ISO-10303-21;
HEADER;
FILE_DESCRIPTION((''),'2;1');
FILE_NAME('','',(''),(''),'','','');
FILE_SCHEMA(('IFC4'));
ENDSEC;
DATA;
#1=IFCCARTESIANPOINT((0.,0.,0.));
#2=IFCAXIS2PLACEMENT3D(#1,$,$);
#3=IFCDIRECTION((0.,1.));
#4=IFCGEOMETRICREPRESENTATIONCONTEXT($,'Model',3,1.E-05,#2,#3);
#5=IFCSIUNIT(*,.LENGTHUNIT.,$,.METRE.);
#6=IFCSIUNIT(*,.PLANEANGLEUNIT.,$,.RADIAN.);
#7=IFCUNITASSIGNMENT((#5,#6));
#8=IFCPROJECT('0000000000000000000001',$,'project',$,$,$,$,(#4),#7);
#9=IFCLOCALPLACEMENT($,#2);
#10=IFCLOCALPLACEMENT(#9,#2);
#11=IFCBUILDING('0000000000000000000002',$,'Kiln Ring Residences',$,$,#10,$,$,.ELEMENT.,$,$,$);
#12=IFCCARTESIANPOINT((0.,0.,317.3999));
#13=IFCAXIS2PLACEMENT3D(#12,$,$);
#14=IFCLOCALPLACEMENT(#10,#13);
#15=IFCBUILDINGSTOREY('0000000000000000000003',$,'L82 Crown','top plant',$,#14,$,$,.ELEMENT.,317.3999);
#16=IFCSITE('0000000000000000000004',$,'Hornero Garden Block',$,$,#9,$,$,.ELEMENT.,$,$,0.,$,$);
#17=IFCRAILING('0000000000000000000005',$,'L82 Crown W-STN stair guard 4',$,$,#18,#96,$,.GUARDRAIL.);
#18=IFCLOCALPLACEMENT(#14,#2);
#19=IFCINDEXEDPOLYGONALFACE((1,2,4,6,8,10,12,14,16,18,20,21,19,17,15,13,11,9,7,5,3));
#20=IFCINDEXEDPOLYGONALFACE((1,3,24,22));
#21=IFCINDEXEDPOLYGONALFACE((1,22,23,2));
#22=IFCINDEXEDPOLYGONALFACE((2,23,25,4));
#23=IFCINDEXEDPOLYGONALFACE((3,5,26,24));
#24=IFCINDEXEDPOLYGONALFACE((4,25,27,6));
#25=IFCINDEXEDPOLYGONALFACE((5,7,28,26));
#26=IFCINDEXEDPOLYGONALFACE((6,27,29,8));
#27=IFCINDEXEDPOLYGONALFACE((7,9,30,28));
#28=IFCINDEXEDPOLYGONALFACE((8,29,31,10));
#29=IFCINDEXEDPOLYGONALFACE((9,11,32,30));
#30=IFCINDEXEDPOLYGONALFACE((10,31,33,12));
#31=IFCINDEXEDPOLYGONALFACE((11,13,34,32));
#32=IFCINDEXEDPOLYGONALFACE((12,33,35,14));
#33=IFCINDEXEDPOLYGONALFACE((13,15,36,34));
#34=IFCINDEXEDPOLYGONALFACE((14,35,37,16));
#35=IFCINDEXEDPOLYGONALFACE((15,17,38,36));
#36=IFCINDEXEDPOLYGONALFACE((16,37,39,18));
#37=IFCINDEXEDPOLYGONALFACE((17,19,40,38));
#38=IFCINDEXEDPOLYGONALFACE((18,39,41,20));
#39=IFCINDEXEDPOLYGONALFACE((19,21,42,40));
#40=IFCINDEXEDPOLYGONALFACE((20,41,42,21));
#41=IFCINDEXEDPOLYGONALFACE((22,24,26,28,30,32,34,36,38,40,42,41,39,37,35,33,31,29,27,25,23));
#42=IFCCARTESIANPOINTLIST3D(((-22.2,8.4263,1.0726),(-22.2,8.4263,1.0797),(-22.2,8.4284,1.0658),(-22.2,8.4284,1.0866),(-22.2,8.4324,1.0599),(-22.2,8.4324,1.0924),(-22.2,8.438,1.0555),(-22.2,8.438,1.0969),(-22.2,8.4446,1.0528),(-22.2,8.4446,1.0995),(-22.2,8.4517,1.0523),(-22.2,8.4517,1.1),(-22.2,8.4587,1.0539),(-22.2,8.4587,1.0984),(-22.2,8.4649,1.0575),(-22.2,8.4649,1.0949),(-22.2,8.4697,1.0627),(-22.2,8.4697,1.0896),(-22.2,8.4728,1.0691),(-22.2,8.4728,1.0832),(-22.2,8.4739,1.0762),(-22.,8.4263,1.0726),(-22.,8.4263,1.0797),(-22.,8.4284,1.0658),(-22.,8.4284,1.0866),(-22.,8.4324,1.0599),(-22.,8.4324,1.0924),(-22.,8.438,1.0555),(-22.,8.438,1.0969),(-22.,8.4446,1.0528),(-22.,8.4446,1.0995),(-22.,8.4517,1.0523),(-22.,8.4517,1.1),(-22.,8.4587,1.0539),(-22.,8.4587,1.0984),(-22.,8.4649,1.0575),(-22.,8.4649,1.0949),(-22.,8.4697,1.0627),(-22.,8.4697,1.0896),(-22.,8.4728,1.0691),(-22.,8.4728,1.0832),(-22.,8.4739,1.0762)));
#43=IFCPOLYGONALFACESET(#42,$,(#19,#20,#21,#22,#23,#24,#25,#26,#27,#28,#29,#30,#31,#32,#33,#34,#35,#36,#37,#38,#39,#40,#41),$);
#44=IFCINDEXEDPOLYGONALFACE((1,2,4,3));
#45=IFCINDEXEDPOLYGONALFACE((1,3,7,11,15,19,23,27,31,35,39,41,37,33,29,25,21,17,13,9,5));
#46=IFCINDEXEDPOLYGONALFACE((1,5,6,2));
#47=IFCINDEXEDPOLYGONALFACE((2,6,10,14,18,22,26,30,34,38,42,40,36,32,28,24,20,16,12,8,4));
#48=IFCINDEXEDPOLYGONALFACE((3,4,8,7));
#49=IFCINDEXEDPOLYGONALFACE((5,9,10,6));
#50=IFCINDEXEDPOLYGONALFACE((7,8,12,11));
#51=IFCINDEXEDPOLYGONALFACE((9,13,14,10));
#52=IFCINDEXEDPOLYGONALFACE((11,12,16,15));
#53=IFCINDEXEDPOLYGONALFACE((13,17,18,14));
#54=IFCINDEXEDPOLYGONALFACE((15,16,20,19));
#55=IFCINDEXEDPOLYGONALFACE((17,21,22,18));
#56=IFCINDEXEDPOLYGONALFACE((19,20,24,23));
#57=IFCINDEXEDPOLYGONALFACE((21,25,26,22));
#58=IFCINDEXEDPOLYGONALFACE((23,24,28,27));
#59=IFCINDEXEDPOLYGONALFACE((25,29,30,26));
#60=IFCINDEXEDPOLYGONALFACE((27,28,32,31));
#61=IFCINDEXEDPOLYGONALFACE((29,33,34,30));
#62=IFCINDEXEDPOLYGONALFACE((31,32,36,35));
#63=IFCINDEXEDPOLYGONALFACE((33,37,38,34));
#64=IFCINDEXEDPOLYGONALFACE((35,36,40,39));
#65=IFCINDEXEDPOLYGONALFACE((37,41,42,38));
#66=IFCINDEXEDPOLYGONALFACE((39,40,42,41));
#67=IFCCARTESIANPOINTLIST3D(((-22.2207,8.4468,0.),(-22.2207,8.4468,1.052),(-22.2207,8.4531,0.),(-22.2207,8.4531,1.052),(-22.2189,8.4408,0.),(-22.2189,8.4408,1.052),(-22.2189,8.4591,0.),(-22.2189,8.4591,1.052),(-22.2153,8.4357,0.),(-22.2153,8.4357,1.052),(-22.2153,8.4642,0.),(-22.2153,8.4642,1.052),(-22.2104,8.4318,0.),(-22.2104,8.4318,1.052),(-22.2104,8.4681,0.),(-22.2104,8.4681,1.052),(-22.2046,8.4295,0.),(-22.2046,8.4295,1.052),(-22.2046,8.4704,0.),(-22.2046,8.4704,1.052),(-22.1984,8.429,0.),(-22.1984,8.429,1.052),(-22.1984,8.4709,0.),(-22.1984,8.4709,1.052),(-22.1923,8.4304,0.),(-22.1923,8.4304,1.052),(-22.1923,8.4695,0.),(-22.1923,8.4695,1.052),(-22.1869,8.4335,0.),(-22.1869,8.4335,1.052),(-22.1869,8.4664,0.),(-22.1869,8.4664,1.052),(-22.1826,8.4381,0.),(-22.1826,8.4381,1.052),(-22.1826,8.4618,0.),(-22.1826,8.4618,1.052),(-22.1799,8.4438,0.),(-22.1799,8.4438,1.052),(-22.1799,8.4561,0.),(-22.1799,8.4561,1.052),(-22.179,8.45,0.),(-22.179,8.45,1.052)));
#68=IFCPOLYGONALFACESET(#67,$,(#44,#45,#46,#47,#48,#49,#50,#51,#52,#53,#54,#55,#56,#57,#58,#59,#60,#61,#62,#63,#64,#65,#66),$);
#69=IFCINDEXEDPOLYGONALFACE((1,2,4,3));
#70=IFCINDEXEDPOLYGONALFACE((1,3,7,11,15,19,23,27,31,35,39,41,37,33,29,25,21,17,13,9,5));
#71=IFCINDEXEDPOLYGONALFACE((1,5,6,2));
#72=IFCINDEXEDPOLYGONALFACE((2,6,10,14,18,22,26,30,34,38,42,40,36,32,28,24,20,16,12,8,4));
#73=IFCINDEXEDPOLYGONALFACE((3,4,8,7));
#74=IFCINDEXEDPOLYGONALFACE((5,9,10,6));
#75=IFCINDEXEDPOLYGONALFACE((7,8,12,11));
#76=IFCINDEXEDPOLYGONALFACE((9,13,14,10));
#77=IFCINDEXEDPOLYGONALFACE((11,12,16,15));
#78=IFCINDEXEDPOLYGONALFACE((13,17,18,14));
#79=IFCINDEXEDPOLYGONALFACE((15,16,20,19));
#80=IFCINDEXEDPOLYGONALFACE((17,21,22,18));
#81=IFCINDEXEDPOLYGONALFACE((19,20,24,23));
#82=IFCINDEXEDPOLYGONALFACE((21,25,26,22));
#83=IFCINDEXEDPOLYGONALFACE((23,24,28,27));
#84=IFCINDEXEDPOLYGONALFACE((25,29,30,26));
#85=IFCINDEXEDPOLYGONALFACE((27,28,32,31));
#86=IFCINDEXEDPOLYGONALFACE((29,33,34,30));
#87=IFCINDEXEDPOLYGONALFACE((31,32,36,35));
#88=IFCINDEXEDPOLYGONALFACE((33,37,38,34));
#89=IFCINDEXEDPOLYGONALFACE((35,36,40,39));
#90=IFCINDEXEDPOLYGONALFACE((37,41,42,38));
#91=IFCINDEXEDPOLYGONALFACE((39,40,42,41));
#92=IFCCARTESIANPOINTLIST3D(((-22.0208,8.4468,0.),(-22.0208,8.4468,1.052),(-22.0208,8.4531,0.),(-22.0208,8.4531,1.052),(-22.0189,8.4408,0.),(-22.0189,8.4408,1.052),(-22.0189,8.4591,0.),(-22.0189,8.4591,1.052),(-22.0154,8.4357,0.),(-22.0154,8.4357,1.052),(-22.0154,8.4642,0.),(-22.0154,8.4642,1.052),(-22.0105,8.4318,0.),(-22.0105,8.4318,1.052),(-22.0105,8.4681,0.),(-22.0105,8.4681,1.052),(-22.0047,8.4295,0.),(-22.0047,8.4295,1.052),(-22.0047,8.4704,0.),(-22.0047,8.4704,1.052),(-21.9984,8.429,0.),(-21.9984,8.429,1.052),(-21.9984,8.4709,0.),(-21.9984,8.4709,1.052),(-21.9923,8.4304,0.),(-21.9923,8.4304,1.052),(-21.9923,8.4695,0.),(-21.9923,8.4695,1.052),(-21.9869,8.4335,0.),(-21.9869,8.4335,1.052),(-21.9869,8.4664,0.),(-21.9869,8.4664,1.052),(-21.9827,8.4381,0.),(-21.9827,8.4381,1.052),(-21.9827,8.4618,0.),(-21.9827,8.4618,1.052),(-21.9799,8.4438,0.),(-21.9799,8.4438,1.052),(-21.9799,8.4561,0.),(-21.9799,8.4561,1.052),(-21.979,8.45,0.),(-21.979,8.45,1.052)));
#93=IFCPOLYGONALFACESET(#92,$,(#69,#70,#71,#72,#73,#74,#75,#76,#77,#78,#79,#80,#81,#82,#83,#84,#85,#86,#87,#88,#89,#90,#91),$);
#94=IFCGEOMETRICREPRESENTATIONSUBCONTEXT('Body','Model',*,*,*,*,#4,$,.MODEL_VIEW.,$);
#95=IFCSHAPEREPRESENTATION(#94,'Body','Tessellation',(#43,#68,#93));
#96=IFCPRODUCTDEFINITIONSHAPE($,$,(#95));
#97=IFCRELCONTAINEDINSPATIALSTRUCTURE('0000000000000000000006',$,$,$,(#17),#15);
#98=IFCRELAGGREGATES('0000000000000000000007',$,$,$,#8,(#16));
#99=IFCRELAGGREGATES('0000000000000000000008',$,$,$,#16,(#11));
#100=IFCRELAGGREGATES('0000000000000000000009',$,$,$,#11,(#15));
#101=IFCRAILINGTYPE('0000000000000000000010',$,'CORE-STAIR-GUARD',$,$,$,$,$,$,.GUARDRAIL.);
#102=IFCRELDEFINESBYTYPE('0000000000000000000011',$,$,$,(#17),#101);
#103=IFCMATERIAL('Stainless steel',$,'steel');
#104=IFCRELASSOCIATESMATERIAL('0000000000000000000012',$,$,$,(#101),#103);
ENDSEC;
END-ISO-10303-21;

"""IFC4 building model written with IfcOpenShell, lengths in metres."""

from ifc_helpers import new_model, si_unit, direction, frame, origin, origin_2d, place, context, subcontext, project, spatial, circle, extrude, material, type_object, element, save


model = new_model("IFC4")

# Units and contexts
model_context = context("Model", 3, precision=1e-05, world=origin(), true_north=direction((0.0, 1.0)))
body_context = subcontext(model_context, "Body", "Model", "MODEL_VIEW")
ifc_project = project(units=[si_unit("LENGTHUNIT", "METRE"), si_unit("PLANEANGLEUNIT", "RADIAN")], contexts=[model_context])

# Site, building, storey
site_placement = place(None, origin())
site = spatial("IfcSite", under=ifc_project, at=site_placement, Name="Hornero Garden Block", CompositionType="ELEMENT", RefElevation=0.0)
building_placement = place(site_placement, origin())
building = spatial("IfcBuilding", under=site, at=building_placement, Name="Kiln Ring Residences", CompositionType="ELEMENT")
storey_placement = place(building_placement, frame((0.0, 0.0, 317.3999)))
storey = spatial("IfcBuildingStorey", under=building, at=storey_placement, Name="L82 Crown", Description="top plant", CompositionType="ELEMENT", Elevation=317.3999)

# Railing
ifc_material_1 = material(Name="Stainless steel", Category="steel")
railing_type_1 = type_object("IfcRailingType", Name="CORE-STAIR-GUARD", PredefinedType="GUARDRAIL", material=ifc_material_1)
railing_1_placement = place(storey_placement, frame((-22.2, 8.45, 0.0)))
element("IfcRailing", 1, at=railing_1_placement, inside=storey, type_object=railing_type_1, Name="L82 Crown W-STN stair guard 4", PredefinedType="GUARDRAIL", context=body_context, shape_type="SweptSolid", body=[
    extrude(circle(Radius=0.0239, at=origin_2d()), frame((0.0, 0.0, 1.0762), z_axis=(1.0, 0.0, 0.0), x_axis=(0.0, 1.0, 0.0)), (0.0, 0.0, 1.0), 0.2),
    extrude(circle(Radius=0.021, at=origin_2d()), origin(), (0.0, 0.0, 1.0), 1.052),
    extrude(circle(Radius=0.021, at=origin_2d()), frame((0.2, 0.0, 0.0)), (0.0, 0.0, 1.0), 1.052),
])

save(model, "model.ifc")
